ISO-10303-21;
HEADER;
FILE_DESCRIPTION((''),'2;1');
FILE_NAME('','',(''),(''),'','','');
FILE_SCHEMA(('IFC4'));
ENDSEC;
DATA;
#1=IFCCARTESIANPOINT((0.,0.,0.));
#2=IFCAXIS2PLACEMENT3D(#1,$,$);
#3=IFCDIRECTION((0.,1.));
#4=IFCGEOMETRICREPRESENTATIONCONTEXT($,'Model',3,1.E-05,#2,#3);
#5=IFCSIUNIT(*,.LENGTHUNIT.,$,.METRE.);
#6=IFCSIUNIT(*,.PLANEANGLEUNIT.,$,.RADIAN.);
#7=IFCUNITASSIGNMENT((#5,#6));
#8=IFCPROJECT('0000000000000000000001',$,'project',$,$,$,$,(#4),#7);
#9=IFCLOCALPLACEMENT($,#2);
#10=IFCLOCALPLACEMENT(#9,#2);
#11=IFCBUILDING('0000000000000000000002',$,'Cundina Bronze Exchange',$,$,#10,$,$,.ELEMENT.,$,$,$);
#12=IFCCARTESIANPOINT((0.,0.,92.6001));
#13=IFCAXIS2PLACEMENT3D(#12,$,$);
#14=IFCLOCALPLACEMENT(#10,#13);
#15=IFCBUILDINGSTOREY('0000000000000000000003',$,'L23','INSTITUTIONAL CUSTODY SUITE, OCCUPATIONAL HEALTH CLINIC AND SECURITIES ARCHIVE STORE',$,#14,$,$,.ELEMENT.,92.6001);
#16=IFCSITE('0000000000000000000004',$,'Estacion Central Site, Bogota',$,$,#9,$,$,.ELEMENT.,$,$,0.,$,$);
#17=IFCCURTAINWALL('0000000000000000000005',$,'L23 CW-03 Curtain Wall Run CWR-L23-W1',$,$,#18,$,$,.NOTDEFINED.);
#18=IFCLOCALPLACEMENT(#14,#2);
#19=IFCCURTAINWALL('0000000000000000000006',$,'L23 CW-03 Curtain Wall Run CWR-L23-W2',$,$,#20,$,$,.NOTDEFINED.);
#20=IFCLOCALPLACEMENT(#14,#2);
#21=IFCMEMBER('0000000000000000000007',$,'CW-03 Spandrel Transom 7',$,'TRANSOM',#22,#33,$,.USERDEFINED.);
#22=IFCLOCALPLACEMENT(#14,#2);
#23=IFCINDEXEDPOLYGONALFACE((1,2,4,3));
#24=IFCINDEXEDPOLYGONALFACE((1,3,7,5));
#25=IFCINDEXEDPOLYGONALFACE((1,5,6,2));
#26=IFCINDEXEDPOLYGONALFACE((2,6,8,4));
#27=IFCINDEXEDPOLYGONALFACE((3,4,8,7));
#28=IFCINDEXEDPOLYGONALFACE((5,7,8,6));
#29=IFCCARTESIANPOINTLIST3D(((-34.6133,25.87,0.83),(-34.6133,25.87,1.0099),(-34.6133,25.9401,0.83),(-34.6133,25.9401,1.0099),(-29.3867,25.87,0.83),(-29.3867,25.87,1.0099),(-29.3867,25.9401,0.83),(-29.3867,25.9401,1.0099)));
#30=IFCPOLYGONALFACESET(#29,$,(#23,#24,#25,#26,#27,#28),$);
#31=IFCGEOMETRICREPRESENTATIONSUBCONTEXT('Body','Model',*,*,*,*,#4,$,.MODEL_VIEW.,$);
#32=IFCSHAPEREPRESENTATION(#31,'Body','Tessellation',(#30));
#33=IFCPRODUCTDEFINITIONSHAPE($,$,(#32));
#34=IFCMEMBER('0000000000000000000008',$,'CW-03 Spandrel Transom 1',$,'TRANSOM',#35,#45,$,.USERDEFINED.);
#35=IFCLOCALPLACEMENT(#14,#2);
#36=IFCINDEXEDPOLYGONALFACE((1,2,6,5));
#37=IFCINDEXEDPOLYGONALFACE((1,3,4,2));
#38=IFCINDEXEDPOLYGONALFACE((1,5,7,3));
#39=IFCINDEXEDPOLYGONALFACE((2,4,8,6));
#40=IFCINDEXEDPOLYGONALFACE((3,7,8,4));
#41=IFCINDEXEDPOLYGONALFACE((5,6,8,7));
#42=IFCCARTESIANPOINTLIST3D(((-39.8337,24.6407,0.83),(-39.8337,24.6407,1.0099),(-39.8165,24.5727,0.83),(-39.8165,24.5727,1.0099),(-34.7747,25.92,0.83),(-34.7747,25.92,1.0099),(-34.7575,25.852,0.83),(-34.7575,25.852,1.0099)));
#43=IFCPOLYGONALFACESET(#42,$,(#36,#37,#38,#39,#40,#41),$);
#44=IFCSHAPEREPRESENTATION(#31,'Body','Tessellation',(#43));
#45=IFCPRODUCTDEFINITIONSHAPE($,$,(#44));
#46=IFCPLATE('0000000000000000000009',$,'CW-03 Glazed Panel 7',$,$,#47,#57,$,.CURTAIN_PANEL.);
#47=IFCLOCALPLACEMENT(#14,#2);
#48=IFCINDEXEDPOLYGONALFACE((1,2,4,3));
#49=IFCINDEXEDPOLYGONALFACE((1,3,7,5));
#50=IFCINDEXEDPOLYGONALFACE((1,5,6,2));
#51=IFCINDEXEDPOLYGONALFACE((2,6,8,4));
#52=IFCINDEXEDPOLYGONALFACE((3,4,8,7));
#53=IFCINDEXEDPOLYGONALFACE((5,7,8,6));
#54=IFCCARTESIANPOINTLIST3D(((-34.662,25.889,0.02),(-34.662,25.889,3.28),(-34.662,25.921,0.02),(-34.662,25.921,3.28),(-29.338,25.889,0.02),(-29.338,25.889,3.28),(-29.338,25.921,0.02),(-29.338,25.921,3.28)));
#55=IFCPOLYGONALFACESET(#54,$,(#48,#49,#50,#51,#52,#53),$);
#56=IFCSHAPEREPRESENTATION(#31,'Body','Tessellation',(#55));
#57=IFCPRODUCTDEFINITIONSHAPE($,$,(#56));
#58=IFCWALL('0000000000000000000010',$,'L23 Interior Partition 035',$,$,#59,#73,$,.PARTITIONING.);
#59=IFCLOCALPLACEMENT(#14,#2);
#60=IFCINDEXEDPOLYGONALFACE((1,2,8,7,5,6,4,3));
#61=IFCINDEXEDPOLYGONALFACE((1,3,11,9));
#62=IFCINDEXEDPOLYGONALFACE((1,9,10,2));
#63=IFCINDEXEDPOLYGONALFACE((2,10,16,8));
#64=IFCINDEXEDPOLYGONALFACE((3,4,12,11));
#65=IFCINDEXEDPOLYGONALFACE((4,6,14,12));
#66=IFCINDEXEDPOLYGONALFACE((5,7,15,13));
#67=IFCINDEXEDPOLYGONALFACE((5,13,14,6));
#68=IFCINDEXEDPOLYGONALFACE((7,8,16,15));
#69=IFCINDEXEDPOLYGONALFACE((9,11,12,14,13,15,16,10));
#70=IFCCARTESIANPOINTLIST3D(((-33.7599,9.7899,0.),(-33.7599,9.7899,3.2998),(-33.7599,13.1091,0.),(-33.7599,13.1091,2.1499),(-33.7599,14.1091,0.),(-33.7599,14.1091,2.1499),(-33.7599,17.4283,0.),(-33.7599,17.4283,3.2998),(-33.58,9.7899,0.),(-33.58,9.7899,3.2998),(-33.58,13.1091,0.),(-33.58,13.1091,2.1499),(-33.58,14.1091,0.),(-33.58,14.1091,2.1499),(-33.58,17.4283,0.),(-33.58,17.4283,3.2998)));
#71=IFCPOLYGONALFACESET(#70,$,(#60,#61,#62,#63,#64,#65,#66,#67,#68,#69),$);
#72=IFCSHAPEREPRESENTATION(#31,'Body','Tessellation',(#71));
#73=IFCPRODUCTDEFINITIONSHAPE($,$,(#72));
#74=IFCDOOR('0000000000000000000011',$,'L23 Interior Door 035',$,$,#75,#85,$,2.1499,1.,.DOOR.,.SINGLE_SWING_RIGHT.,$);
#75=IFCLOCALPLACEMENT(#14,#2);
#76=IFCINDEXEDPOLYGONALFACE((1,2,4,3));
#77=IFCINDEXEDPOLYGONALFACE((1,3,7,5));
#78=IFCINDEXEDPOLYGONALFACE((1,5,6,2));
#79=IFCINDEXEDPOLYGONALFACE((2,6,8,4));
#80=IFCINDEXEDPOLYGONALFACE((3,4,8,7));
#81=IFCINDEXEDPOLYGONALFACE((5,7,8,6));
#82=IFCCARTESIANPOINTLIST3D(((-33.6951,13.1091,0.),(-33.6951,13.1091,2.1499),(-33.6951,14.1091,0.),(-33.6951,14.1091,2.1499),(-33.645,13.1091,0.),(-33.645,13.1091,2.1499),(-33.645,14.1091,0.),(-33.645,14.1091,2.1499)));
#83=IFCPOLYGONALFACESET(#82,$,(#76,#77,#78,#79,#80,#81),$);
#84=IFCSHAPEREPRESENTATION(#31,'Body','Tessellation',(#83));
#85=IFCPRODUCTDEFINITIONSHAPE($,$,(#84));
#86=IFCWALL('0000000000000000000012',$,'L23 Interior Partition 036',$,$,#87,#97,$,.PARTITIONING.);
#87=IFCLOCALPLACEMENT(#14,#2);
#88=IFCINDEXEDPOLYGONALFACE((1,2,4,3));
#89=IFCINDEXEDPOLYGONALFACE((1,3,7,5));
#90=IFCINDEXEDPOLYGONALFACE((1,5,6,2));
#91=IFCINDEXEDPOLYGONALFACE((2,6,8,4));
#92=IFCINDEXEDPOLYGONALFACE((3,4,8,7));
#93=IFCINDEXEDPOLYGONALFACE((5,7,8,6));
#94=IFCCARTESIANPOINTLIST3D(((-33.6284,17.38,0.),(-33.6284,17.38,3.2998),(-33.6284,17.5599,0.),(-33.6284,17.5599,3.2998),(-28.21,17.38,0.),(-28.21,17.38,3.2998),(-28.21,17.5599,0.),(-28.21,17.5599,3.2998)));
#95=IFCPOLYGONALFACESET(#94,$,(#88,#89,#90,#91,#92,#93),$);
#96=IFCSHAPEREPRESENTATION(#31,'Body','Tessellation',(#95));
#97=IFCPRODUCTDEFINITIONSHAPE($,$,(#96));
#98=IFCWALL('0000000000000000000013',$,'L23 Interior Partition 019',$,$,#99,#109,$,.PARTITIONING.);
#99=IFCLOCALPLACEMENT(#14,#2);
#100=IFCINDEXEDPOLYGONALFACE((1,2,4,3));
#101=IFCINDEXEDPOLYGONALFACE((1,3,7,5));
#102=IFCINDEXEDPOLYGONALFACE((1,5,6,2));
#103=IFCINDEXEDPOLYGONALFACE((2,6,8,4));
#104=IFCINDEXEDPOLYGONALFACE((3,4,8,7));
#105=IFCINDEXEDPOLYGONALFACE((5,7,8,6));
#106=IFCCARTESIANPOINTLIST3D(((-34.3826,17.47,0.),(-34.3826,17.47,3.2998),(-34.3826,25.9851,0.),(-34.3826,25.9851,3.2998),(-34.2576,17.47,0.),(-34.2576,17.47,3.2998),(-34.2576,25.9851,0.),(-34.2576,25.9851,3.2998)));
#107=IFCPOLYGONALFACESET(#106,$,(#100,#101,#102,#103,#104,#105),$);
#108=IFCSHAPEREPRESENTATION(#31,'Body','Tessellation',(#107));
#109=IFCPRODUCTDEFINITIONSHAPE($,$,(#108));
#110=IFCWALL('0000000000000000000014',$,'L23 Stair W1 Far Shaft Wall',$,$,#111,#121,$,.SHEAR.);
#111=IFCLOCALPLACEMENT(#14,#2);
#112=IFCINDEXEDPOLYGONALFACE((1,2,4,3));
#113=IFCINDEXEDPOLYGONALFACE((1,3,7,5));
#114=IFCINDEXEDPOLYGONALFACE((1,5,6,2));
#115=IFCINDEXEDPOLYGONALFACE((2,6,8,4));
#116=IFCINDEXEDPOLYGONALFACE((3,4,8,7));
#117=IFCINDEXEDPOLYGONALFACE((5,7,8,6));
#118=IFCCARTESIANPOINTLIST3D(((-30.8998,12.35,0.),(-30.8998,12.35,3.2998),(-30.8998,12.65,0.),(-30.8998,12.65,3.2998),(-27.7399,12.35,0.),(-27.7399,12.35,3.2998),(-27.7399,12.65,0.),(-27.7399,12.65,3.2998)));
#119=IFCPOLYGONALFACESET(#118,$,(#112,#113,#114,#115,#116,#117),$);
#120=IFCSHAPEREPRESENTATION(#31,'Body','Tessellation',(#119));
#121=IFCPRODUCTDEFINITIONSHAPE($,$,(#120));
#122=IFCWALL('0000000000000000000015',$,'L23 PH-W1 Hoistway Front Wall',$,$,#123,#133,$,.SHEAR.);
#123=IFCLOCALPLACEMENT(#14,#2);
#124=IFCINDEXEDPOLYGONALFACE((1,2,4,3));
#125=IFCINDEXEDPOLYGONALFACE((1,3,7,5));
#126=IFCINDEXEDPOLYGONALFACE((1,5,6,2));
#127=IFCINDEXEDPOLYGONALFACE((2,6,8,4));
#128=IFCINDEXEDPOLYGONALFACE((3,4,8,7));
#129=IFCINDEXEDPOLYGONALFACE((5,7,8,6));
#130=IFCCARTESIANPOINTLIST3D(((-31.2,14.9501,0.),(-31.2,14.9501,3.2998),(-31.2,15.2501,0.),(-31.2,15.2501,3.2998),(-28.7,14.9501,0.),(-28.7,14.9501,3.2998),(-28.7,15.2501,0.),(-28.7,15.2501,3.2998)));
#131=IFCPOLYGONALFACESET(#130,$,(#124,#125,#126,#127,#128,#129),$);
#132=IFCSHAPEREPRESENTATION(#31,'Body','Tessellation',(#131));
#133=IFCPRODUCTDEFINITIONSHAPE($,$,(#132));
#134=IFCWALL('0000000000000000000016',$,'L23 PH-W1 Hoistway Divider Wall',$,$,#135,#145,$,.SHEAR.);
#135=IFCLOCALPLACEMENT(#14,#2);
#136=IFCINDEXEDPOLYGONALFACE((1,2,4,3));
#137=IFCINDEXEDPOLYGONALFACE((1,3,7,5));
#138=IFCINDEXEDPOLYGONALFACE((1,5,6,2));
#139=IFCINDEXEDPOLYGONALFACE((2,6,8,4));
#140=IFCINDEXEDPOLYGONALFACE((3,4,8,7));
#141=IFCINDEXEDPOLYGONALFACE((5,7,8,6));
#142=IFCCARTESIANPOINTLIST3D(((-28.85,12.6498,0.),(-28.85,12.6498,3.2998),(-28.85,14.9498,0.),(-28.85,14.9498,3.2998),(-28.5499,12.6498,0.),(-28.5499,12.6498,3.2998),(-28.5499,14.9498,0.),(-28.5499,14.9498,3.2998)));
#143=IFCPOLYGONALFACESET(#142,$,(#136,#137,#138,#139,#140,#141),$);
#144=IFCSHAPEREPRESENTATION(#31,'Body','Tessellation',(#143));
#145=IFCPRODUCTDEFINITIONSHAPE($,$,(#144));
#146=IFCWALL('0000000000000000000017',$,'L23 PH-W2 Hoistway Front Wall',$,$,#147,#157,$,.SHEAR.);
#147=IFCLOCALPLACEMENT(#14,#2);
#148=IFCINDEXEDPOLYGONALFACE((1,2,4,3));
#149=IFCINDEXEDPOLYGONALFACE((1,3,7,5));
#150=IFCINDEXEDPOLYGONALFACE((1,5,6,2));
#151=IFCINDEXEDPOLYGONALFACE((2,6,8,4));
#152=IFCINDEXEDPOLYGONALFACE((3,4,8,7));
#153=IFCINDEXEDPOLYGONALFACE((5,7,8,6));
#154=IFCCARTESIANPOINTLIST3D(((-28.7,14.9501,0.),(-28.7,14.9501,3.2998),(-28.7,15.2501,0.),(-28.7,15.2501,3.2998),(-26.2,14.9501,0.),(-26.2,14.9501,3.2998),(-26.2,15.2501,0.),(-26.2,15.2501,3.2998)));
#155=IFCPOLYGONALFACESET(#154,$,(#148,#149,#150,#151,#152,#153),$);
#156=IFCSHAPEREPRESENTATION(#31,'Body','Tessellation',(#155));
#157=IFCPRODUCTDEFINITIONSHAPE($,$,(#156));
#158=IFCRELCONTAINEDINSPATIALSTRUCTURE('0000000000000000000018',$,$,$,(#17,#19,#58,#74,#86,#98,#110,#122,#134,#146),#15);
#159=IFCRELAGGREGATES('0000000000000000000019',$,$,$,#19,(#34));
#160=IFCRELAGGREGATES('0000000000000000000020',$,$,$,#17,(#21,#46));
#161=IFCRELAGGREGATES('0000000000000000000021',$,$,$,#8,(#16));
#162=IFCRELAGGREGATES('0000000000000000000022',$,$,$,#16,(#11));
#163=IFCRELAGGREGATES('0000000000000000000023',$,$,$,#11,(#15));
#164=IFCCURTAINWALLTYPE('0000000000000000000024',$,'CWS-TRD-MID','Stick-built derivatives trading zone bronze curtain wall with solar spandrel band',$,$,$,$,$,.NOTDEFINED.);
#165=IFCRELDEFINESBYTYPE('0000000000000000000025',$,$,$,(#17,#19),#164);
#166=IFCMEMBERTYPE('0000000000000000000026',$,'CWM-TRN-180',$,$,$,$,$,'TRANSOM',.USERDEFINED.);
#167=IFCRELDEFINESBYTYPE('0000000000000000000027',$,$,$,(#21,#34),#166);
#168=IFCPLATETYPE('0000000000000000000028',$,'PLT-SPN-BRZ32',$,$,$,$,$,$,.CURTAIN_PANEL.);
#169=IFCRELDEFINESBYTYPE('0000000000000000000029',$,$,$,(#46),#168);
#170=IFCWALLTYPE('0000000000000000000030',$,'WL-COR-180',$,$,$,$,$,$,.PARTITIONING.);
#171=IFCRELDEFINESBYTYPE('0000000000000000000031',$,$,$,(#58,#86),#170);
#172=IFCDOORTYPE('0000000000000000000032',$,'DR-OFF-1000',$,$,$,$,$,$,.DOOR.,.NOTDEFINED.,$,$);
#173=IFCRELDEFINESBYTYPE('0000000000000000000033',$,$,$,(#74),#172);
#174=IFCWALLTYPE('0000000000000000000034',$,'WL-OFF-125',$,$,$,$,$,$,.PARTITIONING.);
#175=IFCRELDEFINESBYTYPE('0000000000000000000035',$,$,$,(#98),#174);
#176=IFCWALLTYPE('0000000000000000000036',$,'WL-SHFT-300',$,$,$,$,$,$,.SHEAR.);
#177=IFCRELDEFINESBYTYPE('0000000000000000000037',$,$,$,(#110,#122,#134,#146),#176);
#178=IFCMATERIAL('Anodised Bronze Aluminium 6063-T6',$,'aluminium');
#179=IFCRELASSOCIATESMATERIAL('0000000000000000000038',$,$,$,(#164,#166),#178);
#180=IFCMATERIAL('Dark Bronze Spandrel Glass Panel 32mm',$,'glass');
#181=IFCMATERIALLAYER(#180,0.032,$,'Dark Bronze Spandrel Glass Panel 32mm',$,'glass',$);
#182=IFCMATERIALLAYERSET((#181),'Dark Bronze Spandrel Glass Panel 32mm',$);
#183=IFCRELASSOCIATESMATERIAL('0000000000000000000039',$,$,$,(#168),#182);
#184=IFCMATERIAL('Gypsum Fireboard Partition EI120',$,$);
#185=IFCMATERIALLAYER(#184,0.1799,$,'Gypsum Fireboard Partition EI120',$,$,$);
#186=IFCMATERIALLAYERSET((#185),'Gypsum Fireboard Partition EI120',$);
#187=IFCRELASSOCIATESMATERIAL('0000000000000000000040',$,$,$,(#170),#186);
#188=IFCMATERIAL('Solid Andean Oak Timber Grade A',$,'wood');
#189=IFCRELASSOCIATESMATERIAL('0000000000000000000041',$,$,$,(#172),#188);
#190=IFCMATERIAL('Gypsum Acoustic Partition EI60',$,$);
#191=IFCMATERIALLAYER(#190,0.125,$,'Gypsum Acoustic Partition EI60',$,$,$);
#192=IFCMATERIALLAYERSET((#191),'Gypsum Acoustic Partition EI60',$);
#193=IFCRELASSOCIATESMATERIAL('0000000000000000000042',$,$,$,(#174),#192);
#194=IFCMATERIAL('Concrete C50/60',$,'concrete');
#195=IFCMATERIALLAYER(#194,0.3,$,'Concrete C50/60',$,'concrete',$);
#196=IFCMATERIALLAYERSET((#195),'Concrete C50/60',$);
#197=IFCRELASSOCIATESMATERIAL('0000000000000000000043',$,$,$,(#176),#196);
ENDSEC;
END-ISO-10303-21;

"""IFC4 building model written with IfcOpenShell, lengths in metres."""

from ifc_helpers import new_model, si_unit, direction, frame, frame_2d, origin, origin_2d, place, context, subcontext, project, spatial, rectangle, extrude, material, layer, layer_set, material_profile, profile_set, type_object, element, fill, aggregate, save


model = new_model("IFC4")

# Units and contexts
model_context = context("Model", 3, precision=1e-05, world=origin(), true_north=direction((0.0, 1.0)))
body_context = subcontext(model_context, "Body", "Model", "MODEL_VIEW")
ifc_project = project(units=[si_unit("LENGTHUNIT", "METRE"), si_unit("PLANEANGLEUNIT", "RADIAN")], contexts=[model_context])

# Site, building, storey
site_placement = place(None, origin())
site = spatial("IfcSite", under=ifc_project, at=site_placement, Name="Estacion Central Site, Bogota", CompositionType="ELEMENT", RefElevation=0.0)
building_placement = place(site_placement, origin())
building = spatial("IfcBuilding", under=site, at=building_placement, Name="Cundina Bronze Exchange", CompositionType="ELEMENT")
storey_placement = place(building_placement, frame((0.0, 0.0, 92.6001)))
storey = spatial("IfcBuildingStorey", under=building, at=storey_placement, Name="L23", Description="INSTITUTIONAL CUSTODY SUITE, OCCUPATIONAL HEALTH CLINIC AND SECURITIES ARCHIVE STORE", CompositionType="ELEMENT", Elevation=92.6001)

# Curtain wall
ifc_material_1 = material(Name="Anodised Bronze Aluminium 6063-T6", Category="aluminium")
curtain_wall_type = type_object("IfcCurtainWallType", Name="CWS-TRD-MID", Description="Stick-built derivatives trading zone bronze curtain wall with solar spandrel band", PredefinedType="NOTDEFINED", material=ifc_material_1)
curtain_wall_1_placement = place(storey_placement, origin())
curtain_wall_1 = element("IfcCurtainWall", 1, at=curtain_wall_1_placement, inside=storey, type_object=curtain_wall_type, Name="L23 CW-03 Curtain Wall Run CWR-L23-W1", PredefinedType="NOTDEFINED")

# Curtain wall
curtain_wall_2_placement = place(storey_placement, origin())
curtain_wall_2 = element("IfcCurtainWall", 2, at=curtain_wall_2_placement, inside=storey, type_object=curtain_wall_type, Name="L23 CW-03 Curtain Wall Run CWR-L23-W2", PredefinedType="NOTDEFINED")

# Members
ifc_material_profile_1 = material_profile(ifc_material_1, rectangle(XDim=0.0701, YDim=0.1799, at=origin_2d()), Name="AL70X180", Category="aluminium")
ifc_profile_set_1 = profile_set([ifc_material_profile_1], Name="Anodised Bronze Aluminium 6063-T6")
member_type_1 = type_object("IfcMemberType", Name="CWM-TRN-180", ElementType="TRANSOM", PredefinedType="USERDEFINED", material=ifc_profile_set_1)
member_1_placement = place(storey_placement, frame((-29.3867, 25.905, 0.9199), z_axis=(-1.0, 0.0, 0.0), x_axis=(0.0, -1.0, 0.0)))
member_1 = element("IfcMember", 3, at=member_1_placement, type_object=member_type_1, Name="CW-03 Spandrel Transom 7", ObjectType="TRANSOM", PredefinedType="USERDEFINED", context=body_context, shape_type="SweptSolid", body=[
    extrude(rectangle(XDim=0.0701, YDim=0.1799, at=origin_2d()), origin(), (0.0, 0.0, 1.0), 5.2266),
])
member_2_placement = place(storey_placement, frame((-34.7661, 25.886, 0.9199), z_axis=(-0.969484, -0.245155, 0.0), x_axis=(0.245155, -0.969484, 0.0)))
member_2 = element("IfcMember", 4, at=member_2_placement, type_object=member_type_1, Name="CW-03 Spandrel Transom 1", ObjectType="TRANSOM", PredefinedType="USERDEFINED", context=body_context, shape_type="SweptSolid", body=[
    extrude(rectangle(XDim=0.0701, YDim=0.1799, at=origin_2d()), origin(), (0.0, 0.0, 1.0), 5.2183),
])
aggregate(curtain_wall_2, [member_2])

# Plate
ifc_material_2 = material(Name="Dark Bronze Spandrel Glass Panel 32mm", Category="glass")
ifc_layer_1 = layer(ifc_material_2, 0.032, Name="Dark Bronze Spandrel Glass Panel 32mm", Category="glass")
ifc_layer_set_1 = layer_set([ifc_layer_1], Name="Dark Bronze Spandrel Glass Panel 32mm")
plate_type = type_object("IfcPlateType", Name="PLT-SPN-BRZ32", PredefinedType="CURTAIN_PANEL", material=ifc_layer_set_1)
plate_placement = place(storey_placement, frame((-32.0, 25.905, 0.02), z_axis=(0.0, 0.0, 1.0), x_axis=(-1.0, 0.0, 0.0)))
plate = element("IfcPlate", 5, at=plate_placement, type_object=plate_type, Name="CW-03 Glazed Panel 7", PredefinedType="CURTAIN_PANEL", context=body_context, shape_type="SweptSolid", body=[
    extrude(rectangle(XDim=5.324, YDim=0.032, at=origin_2d()), origin(), (0.0, 0.0, 1.0), 3.26),
])
aggregate(curtain_wall_1, [member_1, plate])

# Wall, opening, door
ifc_material_3 = material(Name="Gypsum Fireboard Partition EI120")
ifc_layer_2 = layer(ifc_material_3, 0.1799, Name="Gypsum Fireboard Partition EI120")
ifc_layer_set_2 = layer_set([ifc_layer_2], Name="Gypsum Fireboard Partition EI120")
wall_type_1 = type_object("IfcWallType", Name="WL-COR-180", PredefinedType="PARTITIONING", material=ifc_layer_set_2)
ifc_material_4 = material(Name="Solid Andean Oak Timber Grade A", Category="wood")
door_type_1 = type_object("IfcDoorType", Name="DR-OFF-1000", OperationType="NOTDEFINED", PredefinedType="DOOR", material=ifc_material_4)
wall_1_placement = place(storey_placement, frame((-33.6699, 17.4285, 0.0), z_axis=(0.0, 0.0, 1.0), x_axis=(0.0, -1.0, 0.0)))
wall_1 = element("IfcWall", 6, at=wall_1_placement, inside=storey, type_object=wall_type_1, Name="L23 Interior Partition 035", PredefinedType="PARTITIONING", context=body_context, shape_type="SweptSolid", body=[
    extrude(rectangle(XDim=7.6384, YDim=0.1799, at=frame_2d((3.8193, 0.0))), origin(), (0.0, 0.0, 1.0), 3.2998),
])
opening_1_placement = place(wall_1_placement, frame((3.3193, 0.0, 0.0)))
opening_1 = element("IfcOpeningElement", 7, at=opening_1_placement, cuts=wall_1, PredefinedType="OPENING", context=body_context, shape_type="SweptSolid", body=[
    extrude(rectangle(XDim=1.0, YDim=2.1499, at=frame_2d((0.5, 1.075))), frame((0.0, 0.0999, 0.0), z_axis=(0.0, -1.0, 0.0), x_axis=(1.0, 0.0, 0.0)), (0.0, 0.0, 1.0), 0.2),
])
door_1_placement = place(opening_1_placement, origin())
door_1 = element("IfcDoor", 8, at=door_1_placement, inside=storey, type_object=door_type_1, Name="L23 Interior Door 035", OperationType="SINGLE_SWING_RIGHT", OverallHeight=2.1499, OverallWidth=1.0, PredefinedType="DOOR", context=body_context, shape_type="SweptSolid", body=[
    extrude(rectangle(XDim=1.0, YDim=2.1499, at=frame_2d((0.5, 1.075))), frame((0.0, 0.0249, 0.0), z_axis=(0.0, -1.0, 0.0), x_axis=(1.0, 0.0, 0.0)), (0.0, 0.0, 1.0), 0.05),
])
fill(opening_1, door_1)

# Walls
wall_2_placement = place(storey_placement, frame((-28.21, 17.47, 0.0), z_axis=(0.0, 0.0, 1.0), x_axis=(-1.0, 0.0, 0.0)))
element("IfcWall", 9, at=wall_2_placement, inside=storey, type_object=wall_type_1, Name="L23 Interior Partition 036", PredefinedType="PARTITIONING", context=body_context, shape_type="SweptSolid", body=[
    extrude(rectangle(XDim=5.4185, YDim=0.1799, at=frame_2d((2.7092, 0.0))), origin(), (0.0, 0.0, 1.0), 3.2998),
])
ifc_material_5 = material(Name="Gypsum Acoustic Partition EI60")
ifc_layer_3 = layer(ifc_material_5, 0.125, Name="Gypsum Acoustic Partition EI60")
ifc_layer_set_3 = layer_set([ifc_layer_3], Name="Gypsum Acoustic Partition EI60")
wall_type_2 = type_object("IfcWallType", Name="WL-OFF-125", PredefinedType="PARTITIONING", material=ifc_layer_set_3)
wall_3_placement = place(storey_placement, frame((-34.3201, 17.47, 0.0), z_axis=(0.0, 0.0, 1.0), x_axis=(0.0, 1.0, 0.0)))
element("IfcWall", 10, at=wall_3_placement, inside=storey, type_object=wall_type_2, Name="L23 Interior Partition 019", PredefinedType="PARTITIONING", context=body_context, shape_type="SweptSolid", body=[
    extrude(rectangle(XDim=8.5151, YDim=0.125, at=frame_2d((4.2576, 0.0))), origin(), (0.0, 0.0, 1.0), 3.2998),
])

# Shared definitions
ifc_material_6 = material(Name="Concrete C50/60", Category="concrete")
ifc_layer_4 = layer(ifc_material_6, 0.3, Name="Concrete C50/60", Category="concrete")
ifc_layer_set_4 = layer_set([ifc_layer_4], Name="Concrete C50/60")
wall_type_3 = type_object("IfcWallType", Name="WL-SHFT-300", PredefinedType="SHEAR", material=ifc_layer_set_4)

# Walls
wall_4_placement = place(storey_placement, frame((-30.8999, 12.5, 0.0), z_axis=(0.0, 0.0, 1.0), x_axis=(1.0, 0.0, 0.0)))
element("IfcWall", 11, at=wall_4_placement, inside=storey, type_object=wall_type_3, Name="L23 Stair W1 Far Shaft Wall", PredefinedType="SHEAR", context=body_context, shape_type="SweptSolid", body=[
    extrude(rectangle(XDim=3.1599, YDim=0.3, at=frame_2d((1.5801, 0.0))), origin(), (0.0, 0.0, 1.0), 3.2998),
])
wall_5_placement = place(storey_placement, frame((-31.2, 15.1001, 0.0), z_axis=(0.0, 0.0, 1.0), x_axis=(1.0, 0.0, 0.0)))
element("IfcWall", 12, at=wall_5_placement, inside=storey, type_object=wall_type_3, Name="L23 PH-W1 Hoistway Front Wall", PredefinedType="SHEAR", context=body_context, shape_type="SweptSolid", body=[
    extrude(rectangle(XDim=2.5, YDim=0.3, at=frame_2d((1.25, 0.0))), origin(), (0.0, 0.0, 1.0), 3.2998),
])
wall_6_placement = place(storey_placement, frame((-28.7, 12.6499, 0.0), z_axis=(0.0, 0.0, 1.0), x_axis=(0.0, 1.0, 0.0)))
element("IfcWall", 13, at=wall_6_placement, inside=storey, type_object=wall_type_3, Name="L23 PH-W1 Hoistway Divider Wall", PredefinedType="SHEAR", context=body_context, shape_type="SweptSolid", body=[
    extrude(rectangle(XDim=2.3, YDim=0.3, at=frame_2d((1.1499, 0.0))), origin(), (0.0, 0.0, 1.0), 3.2998),
])
wall_7_placement = place(storey_placement, frame((-28.7, 15.1001, 0.0), z_axis=(0.0, 0.0, 1.0), x_axis=(1.0, 0.0, 0.0)))
element("IfcWall", 14, at=wall_7_placement, inside=storey, type_object=wall_type_3, Name="L23 PH-W2 Hoistway Front Wall", PredefinedType="SHEAR", context=body_context, shape_type="SweptSolid", body=[
    extrude(rectangle(XDim=2.5, YDim=0.3, at=frame_2d((1.25, 0.0))), origin(), (0.0, 0.0, 1.0), 3.2998),
])

save(model, "model.ifc")
